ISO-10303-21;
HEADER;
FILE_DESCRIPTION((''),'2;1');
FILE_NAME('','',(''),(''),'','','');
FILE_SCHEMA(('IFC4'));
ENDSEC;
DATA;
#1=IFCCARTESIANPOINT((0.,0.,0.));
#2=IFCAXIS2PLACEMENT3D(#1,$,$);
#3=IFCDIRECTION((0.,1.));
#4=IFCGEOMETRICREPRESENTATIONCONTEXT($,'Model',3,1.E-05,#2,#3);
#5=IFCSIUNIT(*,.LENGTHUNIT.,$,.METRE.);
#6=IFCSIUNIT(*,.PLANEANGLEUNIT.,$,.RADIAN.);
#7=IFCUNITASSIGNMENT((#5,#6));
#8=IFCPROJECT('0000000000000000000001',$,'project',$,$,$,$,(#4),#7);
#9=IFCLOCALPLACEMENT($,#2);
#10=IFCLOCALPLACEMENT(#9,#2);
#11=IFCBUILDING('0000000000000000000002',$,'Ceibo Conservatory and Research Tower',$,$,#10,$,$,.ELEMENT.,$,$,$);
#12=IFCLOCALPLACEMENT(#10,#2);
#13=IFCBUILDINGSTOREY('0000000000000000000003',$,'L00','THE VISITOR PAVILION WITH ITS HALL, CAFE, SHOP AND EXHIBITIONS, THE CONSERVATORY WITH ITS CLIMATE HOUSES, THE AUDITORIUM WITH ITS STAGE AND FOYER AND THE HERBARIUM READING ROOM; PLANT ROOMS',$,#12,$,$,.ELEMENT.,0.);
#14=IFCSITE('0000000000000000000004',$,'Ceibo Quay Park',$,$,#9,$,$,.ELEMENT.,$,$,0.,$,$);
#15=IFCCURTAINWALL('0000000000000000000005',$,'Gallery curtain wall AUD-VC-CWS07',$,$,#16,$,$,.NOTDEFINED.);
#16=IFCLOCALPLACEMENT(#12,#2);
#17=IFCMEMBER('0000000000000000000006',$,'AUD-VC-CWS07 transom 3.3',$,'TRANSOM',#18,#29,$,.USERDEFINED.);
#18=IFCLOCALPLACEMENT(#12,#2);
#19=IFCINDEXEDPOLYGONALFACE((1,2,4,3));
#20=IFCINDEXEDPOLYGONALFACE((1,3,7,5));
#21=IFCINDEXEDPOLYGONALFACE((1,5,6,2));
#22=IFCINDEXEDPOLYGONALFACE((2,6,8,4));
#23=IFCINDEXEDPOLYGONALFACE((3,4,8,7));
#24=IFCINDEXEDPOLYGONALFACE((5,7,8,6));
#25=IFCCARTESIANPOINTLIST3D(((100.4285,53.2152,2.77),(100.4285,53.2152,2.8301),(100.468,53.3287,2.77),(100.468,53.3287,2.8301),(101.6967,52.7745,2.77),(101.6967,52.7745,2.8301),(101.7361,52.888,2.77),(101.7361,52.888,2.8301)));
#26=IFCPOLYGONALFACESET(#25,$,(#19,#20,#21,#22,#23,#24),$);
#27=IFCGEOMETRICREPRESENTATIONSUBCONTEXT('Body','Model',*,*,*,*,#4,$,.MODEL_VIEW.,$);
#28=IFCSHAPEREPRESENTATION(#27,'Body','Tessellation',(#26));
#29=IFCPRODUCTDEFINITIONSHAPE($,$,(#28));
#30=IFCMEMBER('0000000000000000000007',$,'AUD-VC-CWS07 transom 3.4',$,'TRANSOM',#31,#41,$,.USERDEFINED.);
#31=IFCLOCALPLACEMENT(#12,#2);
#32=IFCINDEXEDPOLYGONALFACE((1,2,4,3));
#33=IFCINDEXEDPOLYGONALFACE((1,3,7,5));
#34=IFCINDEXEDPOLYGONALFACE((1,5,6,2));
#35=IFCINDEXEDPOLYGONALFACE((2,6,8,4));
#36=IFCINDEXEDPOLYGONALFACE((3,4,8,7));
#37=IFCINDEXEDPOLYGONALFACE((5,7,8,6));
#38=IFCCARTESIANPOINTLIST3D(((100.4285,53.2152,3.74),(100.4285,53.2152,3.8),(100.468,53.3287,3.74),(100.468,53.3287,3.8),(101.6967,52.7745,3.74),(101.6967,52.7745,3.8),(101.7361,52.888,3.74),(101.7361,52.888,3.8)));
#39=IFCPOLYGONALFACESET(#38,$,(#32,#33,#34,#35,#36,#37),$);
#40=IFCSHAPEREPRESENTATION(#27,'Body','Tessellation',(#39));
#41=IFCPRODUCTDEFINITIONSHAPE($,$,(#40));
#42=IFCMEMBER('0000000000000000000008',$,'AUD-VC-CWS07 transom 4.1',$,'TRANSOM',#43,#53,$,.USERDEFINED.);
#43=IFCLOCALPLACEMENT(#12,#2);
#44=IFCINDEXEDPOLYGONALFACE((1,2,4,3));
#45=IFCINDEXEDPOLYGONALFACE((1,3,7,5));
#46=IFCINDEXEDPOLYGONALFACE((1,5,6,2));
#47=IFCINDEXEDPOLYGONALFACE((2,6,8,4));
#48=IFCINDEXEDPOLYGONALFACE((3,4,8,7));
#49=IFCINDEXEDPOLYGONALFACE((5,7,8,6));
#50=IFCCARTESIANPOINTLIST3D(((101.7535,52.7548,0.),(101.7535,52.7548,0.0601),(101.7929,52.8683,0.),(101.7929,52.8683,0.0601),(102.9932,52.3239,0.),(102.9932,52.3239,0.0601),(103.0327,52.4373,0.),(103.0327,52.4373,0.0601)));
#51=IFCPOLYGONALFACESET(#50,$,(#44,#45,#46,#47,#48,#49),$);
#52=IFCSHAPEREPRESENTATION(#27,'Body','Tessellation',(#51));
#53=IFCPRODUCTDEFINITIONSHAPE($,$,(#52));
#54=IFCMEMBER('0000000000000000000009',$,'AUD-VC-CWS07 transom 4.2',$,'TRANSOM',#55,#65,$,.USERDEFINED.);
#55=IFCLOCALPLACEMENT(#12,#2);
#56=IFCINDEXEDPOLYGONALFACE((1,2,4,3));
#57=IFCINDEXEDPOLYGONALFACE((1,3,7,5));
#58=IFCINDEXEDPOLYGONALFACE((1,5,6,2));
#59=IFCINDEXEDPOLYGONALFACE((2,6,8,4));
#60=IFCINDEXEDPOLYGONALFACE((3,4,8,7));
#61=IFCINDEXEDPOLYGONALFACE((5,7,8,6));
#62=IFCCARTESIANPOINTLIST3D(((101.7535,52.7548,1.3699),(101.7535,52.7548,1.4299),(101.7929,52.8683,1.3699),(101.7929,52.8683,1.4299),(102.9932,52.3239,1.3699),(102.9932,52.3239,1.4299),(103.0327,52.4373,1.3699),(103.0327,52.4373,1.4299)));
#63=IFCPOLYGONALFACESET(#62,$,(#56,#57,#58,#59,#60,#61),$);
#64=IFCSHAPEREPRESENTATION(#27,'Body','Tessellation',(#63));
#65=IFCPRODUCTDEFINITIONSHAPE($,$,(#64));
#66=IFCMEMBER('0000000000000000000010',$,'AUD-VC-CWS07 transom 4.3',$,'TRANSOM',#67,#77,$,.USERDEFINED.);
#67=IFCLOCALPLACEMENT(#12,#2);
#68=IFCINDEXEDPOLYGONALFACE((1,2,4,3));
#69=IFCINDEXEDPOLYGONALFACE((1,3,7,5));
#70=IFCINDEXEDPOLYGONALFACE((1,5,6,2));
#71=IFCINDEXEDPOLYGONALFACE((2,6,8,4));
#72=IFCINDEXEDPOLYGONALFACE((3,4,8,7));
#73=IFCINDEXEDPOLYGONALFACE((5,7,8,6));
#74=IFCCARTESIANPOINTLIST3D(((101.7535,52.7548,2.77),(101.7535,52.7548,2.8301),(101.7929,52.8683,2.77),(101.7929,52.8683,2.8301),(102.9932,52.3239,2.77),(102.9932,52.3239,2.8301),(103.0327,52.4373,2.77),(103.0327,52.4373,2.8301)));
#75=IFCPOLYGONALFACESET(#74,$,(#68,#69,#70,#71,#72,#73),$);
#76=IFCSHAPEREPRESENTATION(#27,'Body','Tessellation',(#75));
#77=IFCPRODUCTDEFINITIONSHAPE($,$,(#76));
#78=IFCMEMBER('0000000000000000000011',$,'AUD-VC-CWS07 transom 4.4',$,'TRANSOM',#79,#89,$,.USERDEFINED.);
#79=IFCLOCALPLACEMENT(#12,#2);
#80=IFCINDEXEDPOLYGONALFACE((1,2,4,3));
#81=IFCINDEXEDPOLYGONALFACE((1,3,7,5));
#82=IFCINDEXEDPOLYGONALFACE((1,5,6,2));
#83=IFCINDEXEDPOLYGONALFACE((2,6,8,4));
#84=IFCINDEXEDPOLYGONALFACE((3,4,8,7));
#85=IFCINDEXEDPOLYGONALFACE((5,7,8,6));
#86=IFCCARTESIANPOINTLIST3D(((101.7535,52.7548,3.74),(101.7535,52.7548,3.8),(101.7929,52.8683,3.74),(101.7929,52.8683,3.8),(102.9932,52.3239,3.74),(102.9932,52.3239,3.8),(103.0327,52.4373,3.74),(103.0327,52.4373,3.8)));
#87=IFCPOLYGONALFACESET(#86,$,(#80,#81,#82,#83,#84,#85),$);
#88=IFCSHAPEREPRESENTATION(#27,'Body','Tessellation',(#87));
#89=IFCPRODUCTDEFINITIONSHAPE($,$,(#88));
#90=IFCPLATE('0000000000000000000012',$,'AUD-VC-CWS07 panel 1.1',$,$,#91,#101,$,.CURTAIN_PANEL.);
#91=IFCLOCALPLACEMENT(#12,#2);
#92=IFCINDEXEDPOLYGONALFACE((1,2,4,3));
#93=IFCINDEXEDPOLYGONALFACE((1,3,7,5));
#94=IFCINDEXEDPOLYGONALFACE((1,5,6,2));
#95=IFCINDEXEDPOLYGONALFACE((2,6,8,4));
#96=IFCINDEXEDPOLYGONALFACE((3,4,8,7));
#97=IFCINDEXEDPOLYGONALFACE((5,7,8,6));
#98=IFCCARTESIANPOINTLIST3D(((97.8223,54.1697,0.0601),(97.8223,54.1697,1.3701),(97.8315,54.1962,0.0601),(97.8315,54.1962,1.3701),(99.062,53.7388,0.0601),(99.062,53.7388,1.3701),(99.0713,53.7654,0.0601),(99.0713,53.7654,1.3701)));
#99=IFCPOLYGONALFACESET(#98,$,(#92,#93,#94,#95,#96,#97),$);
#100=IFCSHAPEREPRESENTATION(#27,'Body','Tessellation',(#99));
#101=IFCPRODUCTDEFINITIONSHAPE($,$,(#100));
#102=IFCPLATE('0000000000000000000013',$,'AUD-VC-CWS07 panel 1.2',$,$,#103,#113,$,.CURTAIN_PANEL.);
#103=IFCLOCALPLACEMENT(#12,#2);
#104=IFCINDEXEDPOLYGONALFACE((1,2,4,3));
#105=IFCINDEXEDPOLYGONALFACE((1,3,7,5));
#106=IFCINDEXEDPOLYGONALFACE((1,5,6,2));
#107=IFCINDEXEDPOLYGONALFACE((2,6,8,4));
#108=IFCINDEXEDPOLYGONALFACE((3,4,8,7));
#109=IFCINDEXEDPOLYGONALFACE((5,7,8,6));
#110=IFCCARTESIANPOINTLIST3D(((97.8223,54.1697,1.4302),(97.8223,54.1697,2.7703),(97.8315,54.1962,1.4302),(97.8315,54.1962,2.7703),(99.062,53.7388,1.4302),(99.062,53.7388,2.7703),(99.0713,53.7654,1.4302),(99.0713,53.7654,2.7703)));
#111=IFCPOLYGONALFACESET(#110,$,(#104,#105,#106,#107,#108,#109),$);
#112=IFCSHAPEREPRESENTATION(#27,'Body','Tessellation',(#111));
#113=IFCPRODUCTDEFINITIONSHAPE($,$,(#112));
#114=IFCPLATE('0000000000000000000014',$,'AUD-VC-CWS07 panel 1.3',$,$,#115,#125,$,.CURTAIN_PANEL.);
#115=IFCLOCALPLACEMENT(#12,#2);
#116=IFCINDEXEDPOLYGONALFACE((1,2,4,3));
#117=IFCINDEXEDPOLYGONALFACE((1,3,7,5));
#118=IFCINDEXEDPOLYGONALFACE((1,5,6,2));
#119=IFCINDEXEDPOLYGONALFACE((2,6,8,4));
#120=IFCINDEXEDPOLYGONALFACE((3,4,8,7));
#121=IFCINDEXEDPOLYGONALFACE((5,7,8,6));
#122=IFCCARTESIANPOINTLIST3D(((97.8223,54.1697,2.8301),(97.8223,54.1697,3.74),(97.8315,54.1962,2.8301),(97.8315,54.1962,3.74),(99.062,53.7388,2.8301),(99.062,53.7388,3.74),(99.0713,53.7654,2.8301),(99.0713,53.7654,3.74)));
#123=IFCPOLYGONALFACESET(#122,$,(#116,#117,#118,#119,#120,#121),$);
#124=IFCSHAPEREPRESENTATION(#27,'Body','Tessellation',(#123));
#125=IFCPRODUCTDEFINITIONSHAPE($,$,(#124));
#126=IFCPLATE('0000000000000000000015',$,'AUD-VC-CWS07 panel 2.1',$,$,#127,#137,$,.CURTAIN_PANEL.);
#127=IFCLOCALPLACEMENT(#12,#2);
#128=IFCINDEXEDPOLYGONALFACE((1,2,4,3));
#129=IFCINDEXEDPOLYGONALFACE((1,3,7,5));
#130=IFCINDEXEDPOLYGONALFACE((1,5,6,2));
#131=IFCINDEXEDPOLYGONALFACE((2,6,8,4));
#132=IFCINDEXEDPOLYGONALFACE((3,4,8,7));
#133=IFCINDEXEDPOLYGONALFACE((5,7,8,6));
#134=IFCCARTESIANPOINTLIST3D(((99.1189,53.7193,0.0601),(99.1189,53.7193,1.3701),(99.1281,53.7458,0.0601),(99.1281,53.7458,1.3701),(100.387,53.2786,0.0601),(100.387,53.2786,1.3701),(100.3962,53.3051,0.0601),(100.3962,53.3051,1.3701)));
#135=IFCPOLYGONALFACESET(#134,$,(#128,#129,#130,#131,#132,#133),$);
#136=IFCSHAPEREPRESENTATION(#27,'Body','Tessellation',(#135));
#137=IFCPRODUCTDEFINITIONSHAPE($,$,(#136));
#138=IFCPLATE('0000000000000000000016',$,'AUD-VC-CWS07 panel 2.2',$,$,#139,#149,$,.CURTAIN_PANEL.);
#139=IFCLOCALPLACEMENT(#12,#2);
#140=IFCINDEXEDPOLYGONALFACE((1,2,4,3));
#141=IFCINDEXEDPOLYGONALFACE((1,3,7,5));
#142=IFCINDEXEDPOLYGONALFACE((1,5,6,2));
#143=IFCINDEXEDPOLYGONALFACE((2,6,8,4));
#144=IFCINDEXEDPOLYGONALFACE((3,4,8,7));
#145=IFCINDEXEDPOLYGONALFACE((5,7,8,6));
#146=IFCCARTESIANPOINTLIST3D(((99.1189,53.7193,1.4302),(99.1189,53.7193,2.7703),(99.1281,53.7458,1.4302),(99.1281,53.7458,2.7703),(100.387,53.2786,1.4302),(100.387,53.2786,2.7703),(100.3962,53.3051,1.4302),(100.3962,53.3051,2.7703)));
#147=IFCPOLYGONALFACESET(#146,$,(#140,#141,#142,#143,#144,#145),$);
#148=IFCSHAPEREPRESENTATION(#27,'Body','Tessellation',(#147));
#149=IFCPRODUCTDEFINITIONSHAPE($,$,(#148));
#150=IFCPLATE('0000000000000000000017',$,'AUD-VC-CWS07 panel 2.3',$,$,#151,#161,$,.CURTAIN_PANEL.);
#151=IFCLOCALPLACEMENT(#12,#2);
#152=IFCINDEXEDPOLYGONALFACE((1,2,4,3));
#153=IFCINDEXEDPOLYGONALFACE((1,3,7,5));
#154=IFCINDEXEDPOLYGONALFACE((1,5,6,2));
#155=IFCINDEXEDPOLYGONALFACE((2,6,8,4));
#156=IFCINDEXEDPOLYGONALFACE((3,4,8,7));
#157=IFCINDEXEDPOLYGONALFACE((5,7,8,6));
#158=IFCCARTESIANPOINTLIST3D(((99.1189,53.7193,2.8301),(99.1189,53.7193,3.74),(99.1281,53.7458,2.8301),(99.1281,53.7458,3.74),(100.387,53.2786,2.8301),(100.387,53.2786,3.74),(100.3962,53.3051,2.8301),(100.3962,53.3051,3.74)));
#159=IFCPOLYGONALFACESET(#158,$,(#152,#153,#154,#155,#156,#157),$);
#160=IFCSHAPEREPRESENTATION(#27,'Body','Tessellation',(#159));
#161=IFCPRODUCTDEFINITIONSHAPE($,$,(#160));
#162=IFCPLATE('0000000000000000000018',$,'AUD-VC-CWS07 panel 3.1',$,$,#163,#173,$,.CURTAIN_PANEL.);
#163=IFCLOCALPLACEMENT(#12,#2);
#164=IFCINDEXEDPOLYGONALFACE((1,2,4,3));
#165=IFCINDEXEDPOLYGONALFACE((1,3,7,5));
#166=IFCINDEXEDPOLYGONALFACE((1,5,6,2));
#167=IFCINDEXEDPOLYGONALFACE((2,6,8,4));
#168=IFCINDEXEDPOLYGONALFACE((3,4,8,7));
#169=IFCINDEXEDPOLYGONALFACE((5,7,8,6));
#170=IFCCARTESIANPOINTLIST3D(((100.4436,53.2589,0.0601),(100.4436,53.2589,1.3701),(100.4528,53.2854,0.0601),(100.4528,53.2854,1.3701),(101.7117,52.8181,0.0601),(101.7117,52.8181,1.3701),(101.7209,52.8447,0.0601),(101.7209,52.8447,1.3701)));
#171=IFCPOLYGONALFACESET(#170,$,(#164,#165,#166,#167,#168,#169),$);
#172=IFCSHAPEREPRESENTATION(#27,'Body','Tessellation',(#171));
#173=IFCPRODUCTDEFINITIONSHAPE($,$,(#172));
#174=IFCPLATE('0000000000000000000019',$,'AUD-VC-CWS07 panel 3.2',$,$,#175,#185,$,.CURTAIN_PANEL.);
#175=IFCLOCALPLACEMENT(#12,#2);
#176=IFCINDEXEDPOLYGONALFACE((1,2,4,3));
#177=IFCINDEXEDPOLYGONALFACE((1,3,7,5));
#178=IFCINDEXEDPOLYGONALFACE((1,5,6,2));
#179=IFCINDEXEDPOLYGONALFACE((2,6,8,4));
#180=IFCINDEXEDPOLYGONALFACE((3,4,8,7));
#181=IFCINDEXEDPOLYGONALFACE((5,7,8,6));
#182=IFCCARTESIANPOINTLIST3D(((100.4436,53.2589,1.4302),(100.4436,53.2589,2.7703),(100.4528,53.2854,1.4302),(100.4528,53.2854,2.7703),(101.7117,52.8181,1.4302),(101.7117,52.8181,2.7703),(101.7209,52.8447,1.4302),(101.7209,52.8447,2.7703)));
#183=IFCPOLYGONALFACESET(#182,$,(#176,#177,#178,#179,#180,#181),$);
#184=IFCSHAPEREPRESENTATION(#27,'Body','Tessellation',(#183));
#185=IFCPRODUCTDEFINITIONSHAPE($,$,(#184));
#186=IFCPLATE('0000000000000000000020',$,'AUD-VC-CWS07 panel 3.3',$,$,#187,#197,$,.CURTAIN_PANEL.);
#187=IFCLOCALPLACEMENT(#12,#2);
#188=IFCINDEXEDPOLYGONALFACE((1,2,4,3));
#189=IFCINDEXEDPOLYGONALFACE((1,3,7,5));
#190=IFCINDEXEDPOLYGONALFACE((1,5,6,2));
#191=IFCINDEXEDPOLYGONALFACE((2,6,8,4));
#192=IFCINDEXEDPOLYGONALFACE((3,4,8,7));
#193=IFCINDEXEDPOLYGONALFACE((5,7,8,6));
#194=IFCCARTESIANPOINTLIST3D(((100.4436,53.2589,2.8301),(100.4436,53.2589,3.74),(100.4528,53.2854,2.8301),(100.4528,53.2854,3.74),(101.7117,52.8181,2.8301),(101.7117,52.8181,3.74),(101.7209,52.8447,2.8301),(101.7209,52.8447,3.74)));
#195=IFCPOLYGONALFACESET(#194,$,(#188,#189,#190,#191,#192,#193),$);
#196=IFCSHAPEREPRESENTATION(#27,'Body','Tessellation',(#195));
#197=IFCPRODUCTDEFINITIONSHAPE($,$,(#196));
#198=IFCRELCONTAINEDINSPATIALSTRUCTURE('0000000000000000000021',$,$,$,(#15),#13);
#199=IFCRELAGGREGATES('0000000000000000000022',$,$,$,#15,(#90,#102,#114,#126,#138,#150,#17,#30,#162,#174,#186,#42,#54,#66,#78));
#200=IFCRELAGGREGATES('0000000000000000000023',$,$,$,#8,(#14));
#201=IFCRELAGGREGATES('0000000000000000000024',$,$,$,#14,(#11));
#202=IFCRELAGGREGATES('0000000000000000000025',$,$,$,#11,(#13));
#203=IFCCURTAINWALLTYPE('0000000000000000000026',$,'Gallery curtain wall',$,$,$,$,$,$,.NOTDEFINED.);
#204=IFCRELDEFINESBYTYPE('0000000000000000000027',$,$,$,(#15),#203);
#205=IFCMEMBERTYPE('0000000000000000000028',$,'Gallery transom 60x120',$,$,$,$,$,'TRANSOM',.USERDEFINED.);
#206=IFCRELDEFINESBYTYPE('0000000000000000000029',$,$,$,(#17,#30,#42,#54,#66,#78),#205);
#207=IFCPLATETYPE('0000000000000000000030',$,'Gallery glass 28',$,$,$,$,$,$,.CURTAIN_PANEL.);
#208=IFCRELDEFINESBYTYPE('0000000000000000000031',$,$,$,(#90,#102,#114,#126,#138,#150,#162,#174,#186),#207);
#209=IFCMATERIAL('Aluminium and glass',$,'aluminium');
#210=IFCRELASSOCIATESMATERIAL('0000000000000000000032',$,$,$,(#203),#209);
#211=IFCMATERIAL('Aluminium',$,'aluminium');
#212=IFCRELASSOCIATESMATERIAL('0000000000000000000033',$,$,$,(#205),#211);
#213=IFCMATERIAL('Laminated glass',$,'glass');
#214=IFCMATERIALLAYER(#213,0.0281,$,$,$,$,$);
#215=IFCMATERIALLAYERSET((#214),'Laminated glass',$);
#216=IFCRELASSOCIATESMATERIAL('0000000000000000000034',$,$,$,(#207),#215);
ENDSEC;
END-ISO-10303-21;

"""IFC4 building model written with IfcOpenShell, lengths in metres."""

from ifc_helpers import new_model, si_unit, direction, frame, origin, origin_2d, place, context, subcontext, project, spatial, rectangle, extrude, material, layer, layer_set, material_profile, profile_set, type_object, element, aggregate, save


model = new_model("IFC4")

# Units and contexts
model_context = context("Model", 3, precision=1e-05, world=origin(), true_north=direction((0.0, 1.0)))
body_context = subcontext(model_context, "Body", "Model", "MODEL_VIEW")
ifc_project = project(units=[si_unit("LENGTHUNIT", "METRE"), si_unit("PLANEANGLEUNIT", "RADIAN")], contexts=[model_context])

# Site, building, storey
site_placement = place(None, origin())
site = spatial("IfcSite", under=ifc_project, at=site_placement, Name="Ceibo Quay Park", CompositionType="ELEMENT", RefElevation=0.0)
building_placement = place(site_placement, origin())
building = spatial("IfcBuilding", under=site, at=building_placement, Name="Ceibo Conservatory and Research Tower", CompositionType="ELEMENT")
storey_placement = place(building_placement, origin())
storey = spatial("IfcBuildingStorey", under=building, at=storey_placement, Name="L00", Description="THE VISITOR PAVILION WITH ITS HALL, CAFE, SHOP AND EXHIBITIONS, THE CONSERVATORY WITH ITS CLIMATE HOUSES, THE AUDITORIUM WITH ITS STAGE AND FOYER AND THE HERBARIUM READING ROOM; PLANT ROOMS", CompositionType="ELEMENT", Elevation=0.0)

# Curtain wall, members, plates
ifc_material_1 = material(Name="Aluminium and glass", Category="aluminium")
curtain_wall_type = type_object("IfcCurtainWallType", Name="Gallery curtain wall", PredefinedType="NOTDEFINED", material=ifc_material_1)
curtain_wall_placement = place(storey_placement, origin())
curtain_wall = element("IfcCurtainWall", 1, at=curtain_wall_placement, inside=storey, type_object=curtain_wall_type, Name="Gallery curtain wall AUD-VC-CWS07", PredefinedType="NOTDEFINED")
ifc_material_2 = material(Name="Aluminium", Category="aluminium")
ifc_material_profile_1 = material_profile(ifc_material_2, rectangle(XDim=0.1201, YDim=0.0601, at=origin_2d()), Name="AL 60x120")
ifc_profile_set_1 = profile_set([ifc_material_profile_1], Name="Aluminium")
member_type_1 = type_object("IfcMemberType", Name="Gallery transom 60x120", ElementType="TRANSOM", PredefinedType="USERDEFINED", material=ifc_profile_set_1)
member_1_placement = place(storey_placement, frame((100.4482, 53.272, 2.8), z_axis=(0.944588, -0.32826, 0.0), x_axis=(0.32826, 0.944588, 0.0)))
member_1 = element("IfcMember", 2, at=member_1_placement, type_object=member_type_1, Name="AUD-VC-CWS07 transom 3.3", ObjectType="TRANSOM", PredefinedType="USERDEFINED", context=body_context, shape_type="SweptSolid", body=[
    extrude(rectangle(XDim=0.1201, YDim=0.0601, at=origin_2d()), origin(), (0.0, 0.0, 1.0), 1.3425),
])
member_2_placement = place(storey_placement, frame((100.4482, 53.272, 3.77), z_axis=(0.944588, -0.32826, 0.0), x_axis=(0.32826, 0.944588, 0.0)))
member_2 = element("IfcMember", 3, at=member_2_placement, type_object=member_type_1, Name="AUD-VC-CWS07 transom 3.4", ObjectType="TRANSOM", PredefinedType="USERDEFINED", context=body_context, shape_type="SweptSolid", body=[
    extrude(rectangle(XDim=0.1201, YDim=0.0601, at=origin_2d()), origin(), (0.0, 0.0, 1.0), 1.3425),
])
member_3_placement = place(storey_placement, frame((101.7732, 52.8115, 0.03), z_axis=(0.94457, -0.328311, 0.0), x_axis=(0.328311, 0.94457, 0.0)))
member_3 = element("IfcMember", 4, at=member_3_placement, type_object=member_type_1, Name="AUD-VC-CWS07 transom 4.1", ObjectType="TRANSOM", PredefinedType="USERDEFINED", context=body_context, shape_type="SweptSolid", body=[
    extrude(rectangle(XDim=0.1201, YDim=0.0601, at=origin_2d()), origin(), (0.0, 0.0, 1.0), 1.3125),
])
member_4_placement = place(storey_placement, frame((101.7732, 52.8115, 1.3999), z_axis=(0.94457, -0.328311, 0.0), x_axis=(0.328311, 0.94457, 0.0)))
member_4 = element("IfcMember", 5, at=member_4_placement, type_object=member_type_1, Name="AUD-VC-CWS07 transom 4.2", ObjectType="TRANSOM", PredefinedType="USERDEFINED", context=body_context, shape_type="SweptSolid", body=[
    extrude(rectangle(XDim=0.1201, YDim=0.0601, at=origin_2d()), origin(), (0.0, 0.0, 1.0), 1.3125),
])
member_5_placement = place(storey_placement, frame((101.7732, 52.8115, 2.8), z_axis=(0.94457, -0.328311, 0.0), x_axis=(0.328311, 0.94457, 0.0)))
member_5 = element("IfcMember", 6, at=member_5_placement, type_object=member_type_1, Name="AUD-VC-CWS07 transom 4.3", ObjectType="TRANSOM", PredefinedType="USERDEFINED", context=body_context, shape_type="SweptSolid", body=[
    extrude(rectangle(XDim=0.1201, YDim=0.0601, at=origin_2d()), origin(), (0.0, 0.0, 1.0), 1.3125),
])
member_6_placement = place(storey_placement, frame((101.7732, 52.8115, 3.77), z_axis=(0.94457, -0.328311, 0.0), x_axis=(0.328311, 0.94457, 0.0)))
member_6 = element("IfcMember", 7, at=member_6_placement, type_object=member_type_1, Name="AUD-VC-CWS07 transom 4.4", ObjectType="TRANSOM", PredefinedType="USERDEFINED", context=body_context, shape_type="SweptSolid", body=[
    extrude(rectangle(XDim=0.1201, YDim=0.0601, at=origin_2d()), origin(), (0.0, 0.0, 1.0), 1.3125),
])
ifc_material_3 = material(Name="Laminated glass", Category="glass")
ifc_layer = layer(ifc_material_3, 0.0281)
ifc_layer_set = layer_set([ifc_layer], Name="Laminated glass")
plate_type = type_object("IfcPlateType", Name="Gallery glass 28", PredefinedType="CURTAIN_PANEL", material=ifc_layer_set)
plate_1_placement = place(storey_placement, frame((98.4468, 53.9675, 0.0601), z_axis=(0.0, 0.0, 1.0), x_axis=(0.944579, -0.328284, 0.0)))
plate_1 = element("IfcPlate", 8, at=plate_1_placement, type_object=plate_type, Name="AUD-VC-CWS07 panel 1.1", PredefinedType="CURTAIN_PANEL", context=body_context, shape_type="SweptSolid", body=[
    extrude(rectangle(XDim=1.3125, YDim=0.0281, at=origin_2d()), origin(), (0.0, 0.0, 1.0), 1.3101),
])
plate_2_placement = place(storey_placement, frame((98.4468, 53.9675, 1.4302), z_axis=(0.0, 0.0, 1.0), x_axis=(0.944579, -0.328284, 0.0)))
plate_2 = element("IfcPlate", 9, at=plate_2_placement, type_object=plate_type, Name="AUD-VC-CWS07 panel 1.2", PredefinedType="CURTAIN_PANEL", context=body_context, shape_type="SweptSolid", body=[
    extrude(rectangle(XDim=1.3125, YDim=0.0281, at=origin_2d()), origin(), (0.0, 0.0, 1.0), 1.3401),
])
plate_3_placement = place(storey_placement, frame((98.4468, 53.9675, 2.8301), z_axis=(0.0, 0.0, 1.0), x_axis=(0.944579, -0.328284, 0.0)))
plate_3 = element("IfcPlate", 10, at=plate_3_placement, type_object=plate_type, Name="AUD-VC-CWS07 panel 1.3", PredefinedType="CURTAIN_PANEL", context=body_context, shape_type="SweptSolid", body=[
    extrude(rectangle(XDim=1.3125, YDim=0.0281, at=origin_2d()), origin(), (0.0, 0.0, 1.0), 0.9099),
])
plate_4_placement = place(storey_placement, frame((99.7576, 53.5122, 0.0601), z_axis=(0.0, 0.0, 1.0), x_axis=(0.944579, -0.328284, 0.0)))
plate_4 = element("IfcPlate", 11, at=plate_4_placement, type_object=plate_type, Name="AUD-VC-CWS07 panel 2.1", PredefinedType="CURTAIN_PANEL", context=body_context, shape_type="SweptSolid", body=[
    extrude(rectangle(XDim=1.3425, YDim=0.0281, at=origin_2d()), origin(), (0.0, 0.0, 1.0), 1.3101),
])
plate_5_placement = place(storey_placement, frame((99.7576, 53.5122, 1.4302), z_axis=(0.0, 0.0, 1.0), x_axis=(0.944579, -0.328284, 0.0)))
plate_5 = element("IfcPlate", 12, at=plate_5_placement, type_object=plate_type, Name="AUD-VC-CWS07 panel 2.2", PredefinedType="CURTAIN_PANEL", context=body_context, shape_type="SweptSolid", body=[
    extrude(rectangle(XDim=1.3425, YDim=0.0281, at=origin_2d()), origin(), (0.0, 0.0, 1.0), 1.3401),
])
plate_6_placement = place(storey_placement, frame((99.7576, 53.5122, 2.8301), z_axis=(0.0, 0.0, 1.0), x_axis=(0.944579, -0.328284, 0.0)))
plate_6 = element("IfcPlate", 13, at=plate_6_placement, type_object=plate_type, Name="AUD-VC-CWS07 panel 2.3", PredefinedType="CURTAIN_PANEL", context=body_context, shape_type="SweptSolid", body=[
    extrude(rectangle(XDim=1.3425, YDim=0.0281, at=origin_2d()), origin(), (0.0, 0.0, 1.0), 0.9099),
])
plate_7_placement = place(storey_placement, frame((101.0823, 53.0518, 0.0601), z_axis=(0.0, 0.0, 1.0), x_axis=(0.944579, -0.328284, 0.0)))
plate_7 = element("IfcPlate", 14, at=plate_7_placement, type_object=plate_type, Name="AUD-VC-CWS07 panel 3.1", PredefinedType="CURTAIN_PANEL", context=body_context, shape_type="SweptSolid", body=[
    extrude(rectangle(XDim=1.3425, YDim=0.0281, at=origin_2d()), origin(), (0.0, 0.0, 1.0), 1.3101),
])
plate_8_placement = place(storey_placement, frame((101.0823, 53.0518, 1.4302), z_axis=(0.0, 0.0, 1.0), x_axis=(0.944579, -0.328284, 0.0)))
plate_8 = element("IfcPlate", 15, at=plate_8_placement, type_object=plate_type, Name="AUD-VC-CWS07 panel 3.2", PredefinedType="CURTAIN_PANEL", context=body_context, shape_type="SweptSolid", body=[
    extrude(rectangle(XDim=1.3425, YDim=0.0281, at=origin_2d()), origin(), (0.0, 0.0, 1.0), 1.3401),
])
plate_9_placement = place(storey_placement, frame((101.0823, 53.0518, 2.8301), z_axis=(0.0, 0.0, 1.0), x_axis=(0.944579, -0.328284, 0.0)))
plate_9 = element("IfcPlate", 16, at=plate_9_placement, type_object=plate_type, Name="AUD-VC-CWS07 panel 3.3", PredefinedType="CURTAIN_PANEL", context=body_context, shape_type="SweptSolid", body=[
    extrude(rectangle(XDim=1.3425, YDim=0.0281, at=origin_2d()), origin(), (0.0, 0.0, 1.0), 0.9099),
])
aggregate(curtain_wall, [plate_1, plate_2, plate_3, plate_4, plate_5, plate_6, member_1, member_2, plate_7, plate_8, plate_9, member_3, member_4, member_5, member_6])

save(model, "model.ifc")
